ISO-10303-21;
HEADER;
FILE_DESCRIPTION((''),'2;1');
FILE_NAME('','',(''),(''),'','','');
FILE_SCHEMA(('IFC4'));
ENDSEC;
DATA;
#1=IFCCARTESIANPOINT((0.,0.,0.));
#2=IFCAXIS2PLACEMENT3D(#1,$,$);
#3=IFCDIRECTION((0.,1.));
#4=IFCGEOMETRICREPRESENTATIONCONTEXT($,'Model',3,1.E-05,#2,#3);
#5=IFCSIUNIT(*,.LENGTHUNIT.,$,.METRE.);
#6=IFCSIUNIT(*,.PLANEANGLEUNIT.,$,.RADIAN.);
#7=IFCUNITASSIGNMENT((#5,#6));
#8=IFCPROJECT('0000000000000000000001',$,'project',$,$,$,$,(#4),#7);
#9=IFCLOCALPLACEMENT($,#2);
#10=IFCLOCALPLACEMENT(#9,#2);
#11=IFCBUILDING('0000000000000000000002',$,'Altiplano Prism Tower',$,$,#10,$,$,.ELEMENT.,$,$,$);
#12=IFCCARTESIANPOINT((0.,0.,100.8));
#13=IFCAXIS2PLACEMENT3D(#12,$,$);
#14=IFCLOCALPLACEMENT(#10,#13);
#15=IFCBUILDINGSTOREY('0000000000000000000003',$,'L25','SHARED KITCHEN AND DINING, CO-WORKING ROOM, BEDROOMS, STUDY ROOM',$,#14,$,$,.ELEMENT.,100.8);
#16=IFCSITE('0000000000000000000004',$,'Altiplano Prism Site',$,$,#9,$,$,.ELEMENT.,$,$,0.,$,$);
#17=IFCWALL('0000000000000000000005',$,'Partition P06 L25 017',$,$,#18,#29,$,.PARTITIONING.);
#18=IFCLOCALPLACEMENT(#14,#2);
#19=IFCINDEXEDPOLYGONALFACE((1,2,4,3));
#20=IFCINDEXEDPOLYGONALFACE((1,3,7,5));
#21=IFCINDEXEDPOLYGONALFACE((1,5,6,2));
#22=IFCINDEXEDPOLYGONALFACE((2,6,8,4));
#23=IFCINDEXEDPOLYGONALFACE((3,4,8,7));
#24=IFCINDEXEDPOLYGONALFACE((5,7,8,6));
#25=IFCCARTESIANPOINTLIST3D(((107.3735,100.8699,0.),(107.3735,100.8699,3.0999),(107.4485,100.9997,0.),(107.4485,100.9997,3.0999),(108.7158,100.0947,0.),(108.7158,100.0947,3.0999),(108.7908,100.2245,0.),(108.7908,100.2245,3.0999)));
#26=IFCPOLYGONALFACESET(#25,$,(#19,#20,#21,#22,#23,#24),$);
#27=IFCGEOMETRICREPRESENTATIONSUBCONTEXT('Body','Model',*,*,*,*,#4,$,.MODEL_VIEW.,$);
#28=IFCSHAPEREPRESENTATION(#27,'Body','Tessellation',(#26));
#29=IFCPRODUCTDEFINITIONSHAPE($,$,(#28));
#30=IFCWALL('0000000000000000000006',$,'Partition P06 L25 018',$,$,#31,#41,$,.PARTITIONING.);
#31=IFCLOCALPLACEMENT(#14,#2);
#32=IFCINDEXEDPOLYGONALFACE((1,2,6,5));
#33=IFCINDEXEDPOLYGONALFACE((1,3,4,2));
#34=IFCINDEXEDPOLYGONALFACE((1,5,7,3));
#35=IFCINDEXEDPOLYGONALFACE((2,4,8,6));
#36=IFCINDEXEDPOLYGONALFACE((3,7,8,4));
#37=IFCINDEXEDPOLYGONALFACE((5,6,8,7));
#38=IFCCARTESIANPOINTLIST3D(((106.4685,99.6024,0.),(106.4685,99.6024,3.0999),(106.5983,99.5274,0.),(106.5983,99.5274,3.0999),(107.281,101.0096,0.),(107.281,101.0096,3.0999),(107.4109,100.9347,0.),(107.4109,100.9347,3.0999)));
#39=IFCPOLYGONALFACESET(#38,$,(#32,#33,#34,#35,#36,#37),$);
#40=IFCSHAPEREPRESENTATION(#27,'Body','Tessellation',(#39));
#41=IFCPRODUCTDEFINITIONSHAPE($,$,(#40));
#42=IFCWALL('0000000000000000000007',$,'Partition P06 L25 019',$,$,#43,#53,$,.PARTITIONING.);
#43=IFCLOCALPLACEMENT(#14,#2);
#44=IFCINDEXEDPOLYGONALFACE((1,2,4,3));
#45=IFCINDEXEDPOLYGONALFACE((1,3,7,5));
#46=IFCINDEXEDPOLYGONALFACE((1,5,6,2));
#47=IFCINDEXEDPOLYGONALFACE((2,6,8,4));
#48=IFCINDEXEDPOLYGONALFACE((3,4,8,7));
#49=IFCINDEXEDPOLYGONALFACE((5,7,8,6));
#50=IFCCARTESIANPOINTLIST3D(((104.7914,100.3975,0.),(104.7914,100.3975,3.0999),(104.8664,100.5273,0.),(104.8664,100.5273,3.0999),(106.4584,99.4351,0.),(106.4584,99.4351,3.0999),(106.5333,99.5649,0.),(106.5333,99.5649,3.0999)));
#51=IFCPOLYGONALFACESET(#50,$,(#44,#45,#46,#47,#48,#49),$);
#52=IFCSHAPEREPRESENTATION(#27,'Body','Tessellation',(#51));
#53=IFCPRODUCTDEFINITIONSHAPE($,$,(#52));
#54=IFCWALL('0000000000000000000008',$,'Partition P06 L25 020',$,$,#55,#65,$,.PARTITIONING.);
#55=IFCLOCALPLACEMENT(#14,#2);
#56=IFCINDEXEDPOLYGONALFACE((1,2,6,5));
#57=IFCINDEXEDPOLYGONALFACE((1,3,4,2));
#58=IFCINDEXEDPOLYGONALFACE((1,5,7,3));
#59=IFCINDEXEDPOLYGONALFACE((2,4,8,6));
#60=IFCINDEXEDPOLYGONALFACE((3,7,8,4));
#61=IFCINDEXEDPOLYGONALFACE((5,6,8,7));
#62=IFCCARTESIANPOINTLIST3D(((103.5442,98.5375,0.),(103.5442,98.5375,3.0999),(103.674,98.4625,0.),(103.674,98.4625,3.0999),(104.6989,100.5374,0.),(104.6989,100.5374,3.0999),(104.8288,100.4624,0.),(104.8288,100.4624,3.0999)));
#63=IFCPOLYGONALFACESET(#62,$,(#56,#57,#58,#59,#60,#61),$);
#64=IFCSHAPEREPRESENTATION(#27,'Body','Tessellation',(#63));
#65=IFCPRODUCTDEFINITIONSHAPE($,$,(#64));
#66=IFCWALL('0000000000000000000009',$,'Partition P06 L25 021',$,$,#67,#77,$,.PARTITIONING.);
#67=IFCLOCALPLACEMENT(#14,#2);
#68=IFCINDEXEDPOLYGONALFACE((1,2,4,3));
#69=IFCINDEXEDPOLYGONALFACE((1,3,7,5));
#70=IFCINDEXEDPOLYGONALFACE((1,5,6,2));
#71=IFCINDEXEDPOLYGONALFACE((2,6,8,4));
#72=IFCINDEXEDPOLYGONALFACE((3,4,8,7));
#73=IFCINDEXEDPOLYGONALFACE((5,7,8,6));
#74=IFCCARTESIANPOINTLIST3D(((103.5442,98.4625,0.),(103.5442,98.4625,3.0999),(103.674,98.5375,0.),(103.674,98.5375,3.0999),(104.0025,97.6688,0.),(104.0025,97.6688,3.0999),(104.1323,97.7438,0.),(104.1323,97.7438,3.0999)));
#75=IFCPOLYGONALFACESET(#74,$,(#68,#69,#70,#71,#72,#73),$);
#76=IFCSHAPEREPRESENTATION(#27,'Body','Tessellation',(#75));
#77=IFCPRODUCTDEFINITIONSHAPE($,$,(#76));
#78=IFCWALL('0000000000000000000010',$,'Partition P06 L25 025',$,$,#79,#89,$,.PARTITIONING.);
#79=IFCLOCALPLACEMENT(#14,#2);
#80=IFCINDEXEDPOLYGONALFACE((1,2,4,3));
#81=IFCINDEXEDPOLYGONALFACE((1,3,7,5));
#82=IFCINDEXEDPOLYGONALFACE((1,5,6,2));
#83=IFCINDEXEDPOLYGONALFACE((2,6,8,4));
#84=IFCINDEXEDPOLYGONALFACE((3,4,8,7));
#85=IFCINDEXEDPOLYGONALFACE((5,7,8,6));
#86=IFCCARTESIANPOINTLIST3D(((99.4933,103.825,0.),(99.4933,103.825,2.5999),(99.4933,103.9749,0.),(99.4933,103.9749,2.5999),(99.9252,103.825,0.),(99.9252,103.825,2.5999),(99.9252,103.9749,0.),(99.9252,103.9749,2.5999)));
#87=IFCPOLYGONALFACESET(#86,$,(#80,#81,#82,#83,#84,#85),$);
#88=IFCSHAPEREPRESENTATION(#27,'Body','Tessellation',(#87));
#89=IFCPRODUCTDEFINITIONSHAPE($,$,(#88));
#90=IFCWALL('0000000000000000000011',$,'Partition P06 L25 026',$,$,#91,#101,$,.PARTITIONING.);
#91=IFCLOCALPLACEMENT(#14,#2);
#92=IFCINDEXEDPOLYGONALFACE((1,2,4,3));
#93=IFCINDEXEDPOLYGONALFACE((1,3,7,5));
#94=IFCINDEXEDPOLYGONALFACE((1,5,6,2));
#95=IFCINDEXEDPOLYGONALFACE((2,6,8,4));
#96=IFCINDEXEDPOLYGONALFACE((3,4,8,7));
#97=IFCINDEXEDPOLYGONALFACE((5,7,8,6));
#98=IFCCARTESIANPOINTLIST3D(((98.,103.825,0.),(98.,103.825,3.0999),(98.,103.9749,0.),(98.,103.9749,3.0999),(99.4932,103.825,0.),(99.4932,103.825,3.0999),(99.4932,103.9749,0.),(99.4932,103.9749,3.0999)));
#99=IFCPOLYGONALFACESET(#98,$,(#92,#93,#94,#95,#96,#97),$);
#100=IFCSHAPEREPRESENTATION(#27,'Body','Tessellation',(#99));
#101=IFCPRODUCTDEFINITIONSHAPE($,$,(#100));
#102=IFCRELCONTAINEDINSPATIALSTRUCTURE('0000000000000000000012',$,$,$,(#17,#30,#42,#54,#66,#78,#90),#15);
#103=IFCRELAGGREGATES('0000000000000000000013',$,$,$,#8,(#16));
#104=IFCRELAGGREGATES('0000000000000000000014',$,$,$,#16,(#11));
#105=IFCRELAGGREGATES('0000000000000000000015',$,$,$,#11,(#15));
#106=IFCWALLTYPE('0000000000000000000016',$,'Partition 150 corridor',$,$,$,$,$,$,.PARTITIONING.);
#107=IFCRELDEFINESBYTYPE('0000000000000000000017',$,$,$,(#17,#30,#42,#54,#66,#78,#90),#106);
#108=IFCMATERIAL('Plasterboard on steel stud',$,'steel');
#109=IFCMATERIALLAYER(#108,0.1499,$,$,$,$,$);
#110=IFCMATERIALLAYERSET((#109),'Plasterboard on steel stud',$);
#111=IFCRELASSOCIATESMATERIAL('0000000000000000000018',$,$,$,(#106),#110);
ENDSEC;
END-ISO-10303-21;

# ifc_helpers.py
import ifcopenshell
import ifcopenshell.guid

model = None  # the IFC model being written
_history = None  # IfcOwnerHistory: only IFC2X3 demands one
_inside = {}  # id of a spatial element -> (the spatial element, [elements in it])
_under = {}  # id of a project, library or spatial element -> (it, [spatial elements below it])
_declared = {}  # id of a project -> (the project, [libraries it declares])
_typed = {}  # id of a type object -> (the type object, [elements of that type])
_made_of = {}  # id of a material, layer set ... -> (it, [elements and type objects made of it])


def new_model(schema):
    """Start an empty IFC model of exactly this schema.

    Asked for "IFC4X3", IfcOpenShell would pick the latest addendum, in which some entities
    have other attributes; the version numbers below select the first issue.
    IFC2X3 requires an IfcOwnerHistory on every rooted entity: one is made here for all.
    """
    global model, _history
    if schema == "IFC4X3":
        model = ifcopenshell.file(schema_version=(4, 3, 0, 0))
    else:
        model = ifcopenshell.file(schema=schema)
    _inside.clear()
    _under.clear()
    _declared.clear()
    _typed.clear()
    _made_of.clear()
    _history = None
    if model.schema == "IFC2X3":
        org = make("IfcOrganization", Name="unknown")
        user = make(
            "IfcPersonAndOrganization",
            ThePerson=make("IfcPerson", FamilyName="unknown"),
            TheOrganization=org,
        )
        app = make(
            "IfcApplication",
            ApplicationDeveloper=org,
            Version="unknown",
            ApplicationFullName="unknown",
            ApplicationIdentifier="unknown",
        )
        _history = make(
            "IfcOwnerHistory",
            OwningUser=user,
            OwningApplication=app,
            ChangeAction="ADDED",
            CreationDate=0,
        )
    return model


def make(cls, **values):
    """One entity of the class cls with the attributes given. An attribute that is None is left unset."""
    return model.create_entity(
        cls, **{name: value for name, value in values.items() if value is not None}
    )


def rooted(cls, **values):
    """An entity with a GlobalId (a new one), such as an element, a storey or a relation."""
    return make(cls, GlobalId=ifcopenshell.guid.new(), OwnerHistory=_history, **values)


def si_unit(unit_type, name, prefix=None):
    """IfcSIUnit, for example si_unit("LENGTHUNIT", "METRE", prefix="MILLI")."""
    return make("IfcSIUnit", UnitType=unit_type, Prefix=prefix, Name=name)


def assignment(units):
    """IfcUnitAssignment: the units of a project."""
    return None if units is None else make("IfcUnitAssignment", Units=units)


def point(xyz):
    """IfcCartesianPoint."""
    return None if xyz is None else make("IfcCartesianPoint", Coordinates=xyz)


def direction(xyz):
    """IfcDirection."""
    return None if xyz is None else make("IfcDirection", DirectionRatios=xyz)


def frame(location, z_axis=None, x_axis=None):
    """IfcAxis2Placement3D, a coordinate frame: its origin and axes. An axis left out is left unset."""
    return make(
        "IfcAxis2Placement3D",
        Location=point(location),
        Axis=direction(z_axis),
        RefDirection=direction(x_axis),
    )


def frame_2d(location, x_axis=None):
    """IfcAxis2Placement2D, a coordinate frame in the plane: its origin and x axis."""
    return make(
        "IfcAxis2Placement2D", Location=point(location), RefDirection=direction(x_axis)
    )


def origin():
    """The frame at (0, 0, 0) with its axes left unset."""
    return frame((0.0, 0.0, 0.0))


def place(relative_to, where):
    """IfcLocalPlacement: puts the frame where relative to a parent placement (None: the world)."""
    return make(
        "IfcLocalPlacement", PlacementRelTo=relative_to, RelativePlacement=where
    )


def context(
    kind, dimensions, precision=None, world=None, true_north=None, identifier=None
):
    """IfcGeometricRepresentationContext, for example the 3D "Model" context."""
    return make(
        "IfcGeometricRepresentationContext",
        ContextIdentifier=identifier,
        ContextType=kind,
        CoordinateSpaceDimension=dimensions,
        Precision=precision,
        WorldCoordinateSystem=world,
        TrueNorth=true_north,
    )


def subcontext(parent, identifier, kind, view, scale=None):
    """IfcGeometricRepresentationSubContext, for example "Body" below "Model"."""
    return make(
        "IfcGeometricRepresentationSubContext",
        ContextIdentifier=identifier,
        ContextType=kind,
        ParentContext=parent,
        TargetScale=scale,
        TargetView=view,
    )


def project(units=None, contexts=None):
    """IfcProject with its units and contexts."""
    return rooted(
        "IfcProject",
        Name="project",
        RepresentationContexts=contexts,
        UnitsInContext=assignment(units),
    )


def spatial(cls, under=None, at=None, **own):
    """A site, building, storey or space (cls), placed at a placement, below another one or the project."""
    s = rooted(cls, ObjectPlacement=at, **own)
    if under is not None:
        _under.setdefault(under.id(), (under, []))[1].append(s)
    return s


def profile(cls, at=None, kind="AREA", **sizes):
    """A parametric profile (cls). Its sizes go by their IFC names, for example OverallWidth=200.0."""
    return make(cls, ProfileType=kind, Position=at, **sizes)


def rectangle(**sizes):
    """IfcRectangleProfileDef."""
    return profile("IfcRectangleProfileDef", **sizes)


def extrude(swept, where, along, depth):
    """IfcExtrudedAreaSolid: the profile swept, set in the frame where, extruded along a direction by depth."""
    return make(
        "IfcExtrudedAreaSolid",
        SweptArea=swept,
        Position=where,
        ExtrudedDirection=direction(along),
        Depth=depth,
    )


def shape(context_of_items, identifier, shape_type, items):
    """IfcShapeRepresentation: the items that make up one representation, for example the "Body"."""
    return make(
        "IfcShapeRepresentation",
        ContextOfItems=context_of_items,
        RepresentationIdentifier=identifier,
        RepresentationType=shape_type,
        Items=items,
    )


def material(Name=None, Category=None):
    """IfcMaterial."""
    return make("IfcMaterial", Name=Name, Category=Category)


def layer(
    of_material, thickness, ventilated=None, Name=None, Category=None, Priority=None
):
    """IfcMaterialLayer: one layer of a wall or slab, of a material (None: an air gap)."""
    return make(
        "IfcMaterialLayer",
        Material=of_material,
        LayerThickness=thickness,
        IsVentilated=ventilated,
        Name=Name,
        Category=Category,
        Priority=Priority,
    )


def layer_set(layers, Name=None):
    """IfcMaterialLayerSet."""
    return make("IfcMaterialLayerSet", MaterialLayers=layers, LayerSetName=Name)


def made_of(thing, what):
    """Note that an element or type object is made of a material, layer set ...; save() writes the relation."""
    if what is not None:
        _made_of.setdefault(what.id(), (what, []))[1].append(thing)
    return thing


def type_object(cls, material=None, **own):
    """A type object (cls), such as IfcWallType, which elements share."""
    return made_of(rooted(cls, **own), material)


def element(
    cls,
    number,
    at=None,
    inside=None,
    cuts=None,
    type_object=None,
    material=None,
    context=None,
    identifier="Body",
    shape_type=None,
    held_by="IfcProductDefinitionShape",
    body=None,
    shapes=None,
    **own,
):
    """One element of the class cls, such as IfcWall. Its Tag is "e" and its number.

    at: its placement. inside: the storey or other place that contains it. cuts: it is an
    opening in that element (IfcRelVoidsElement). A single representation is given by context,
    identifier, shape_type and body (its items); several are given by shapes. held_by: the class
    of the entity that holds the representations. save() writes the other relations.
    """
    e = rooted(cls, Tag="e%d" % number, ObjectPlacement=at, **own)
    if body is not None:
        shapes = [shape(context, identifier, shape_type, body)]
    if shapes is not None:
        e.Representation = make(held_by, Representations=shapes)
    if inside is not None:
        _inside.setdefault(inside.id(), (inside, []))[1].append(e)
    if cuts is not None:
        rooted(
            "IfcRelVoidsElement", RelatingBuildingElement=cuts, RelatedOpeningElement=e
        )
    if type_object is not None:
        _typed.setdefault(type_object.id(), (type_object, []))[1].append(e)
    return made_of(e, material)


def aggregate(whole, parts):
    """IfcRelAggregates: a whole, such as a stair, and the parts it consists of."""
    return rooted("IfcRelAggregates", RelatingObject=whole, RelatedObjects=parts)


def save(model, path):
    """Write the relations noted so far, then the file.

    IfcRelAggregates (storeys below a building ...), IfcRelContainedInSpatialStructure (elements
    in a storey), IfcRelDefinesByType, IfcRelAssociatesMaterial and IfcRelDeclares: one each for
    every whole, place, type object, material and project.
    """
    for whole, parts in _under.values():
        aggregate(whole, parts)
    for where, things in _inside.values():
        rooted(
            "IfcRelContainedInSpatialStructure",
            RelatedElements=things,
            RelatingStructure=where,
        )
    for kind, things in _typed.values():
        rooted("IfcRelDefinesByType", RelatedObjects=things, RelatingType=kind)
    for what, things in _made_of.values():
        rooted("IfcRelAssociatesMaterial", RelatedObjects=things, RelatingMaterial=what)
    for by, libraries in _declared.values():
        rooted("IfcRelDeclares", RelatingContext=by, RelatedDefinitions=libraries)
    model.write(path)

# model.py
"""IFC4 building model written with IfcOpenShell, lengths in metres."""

from ifc_helpers import new_model, si_unit, direction, frame, frame_2d, origin, place, context, subcontext, project, spatial, rectangle, extrude, material, layer, layer_set, type_object, element, save


model = new_model("IFC4")

# Units and contexts
model_context = context("Model", 3, precision=1e-05, world=origin(), true_north=direction((0.0, 1.0)))
body_context = subcontext(model_context, "Body", "Model", "MODEL_VIEW")
ifc_project = project(units=[si_unit("LENGTHUNIT", "METRE"), si_unit("PLANEANGLEUNIT", "RADIAN")], contexts=[model_context])

# Site, building, storey
site_placement = place(None, origin())
site = spatial("IfcSite", under=ifc_project, at=site_placement, Name="Altiplano Prism Site", CompositionType="ELEMENT", RefElevation=0.0)
building_placement = place(site_placement, origin())
building = spatial("IfcBuilding", under=site, at=building_placement, Name="Altiplano Prism Tower", CompositionType="ELEMENT")
storey_placement = place(building_placement, frame((0.0, 0.0, 100.8)))
storey = spatial("IfcBuildingStorey", under=building, at=storey_placement, Name="L25", Description="SHARED KITCHEN AND DINING, CO-WORKING ROOM, BEDROOMS, STUDY ROOM", CompositionType="ELEMENT", Elevation=100.8)

# Walls
ifc_material_1 = material(Name="Plasterboard on steel stud", Category="steel")
ifc_layer_1 = layer(ifc_material_1, 0.1499)
ifc_layer_set_1 = layer_set([ifc_layer_1], Name="Plasterboard on steel stud")
wall_type_1 = type_object("IfcWallType", Name="Partition 150 corridor", PredefinedType="PARTITIONING", material=ifc_layer_set_1)
wall_1_placement = place(storey_placement, frame((108.7532, 100.1597, 0.0), z_axis=(0.0, 0.0, 1.0), x_axis=(-0.865976, 0.500086, 0.0)))
element("IfcWall", 1, at=wall_1_placement, inside=storey, type_object=wall_type_1, Name="Partition P06 L25 017", PredefinedType="PARTITIONING", context=body_context, shape_type="SweptSolid", body=[
    extrude(rectangle(XDim=1.55, YDim=0.1499, at=frame_2d((0.7749, 0.0))), origin(), (0.0, 0.0, 1.0), 3.0999),
])
wall_2_placement = place(storey_placement, frame((107.3459, 100.9722, 0.0), z_axis=(0.0, 0.0, 1.0), x_axis=(-0.500017, -0.866015, 0.0)))
element("IfcWall", 2, at=wall_2_placement, inside=storey, type_object=wall_type_1, Name="Partition P06 L25 018", PredefinedType="PARTITIONING", context=body_context, shape_type="SweptSolid", body=[
    extrude(rectangle(XDim=1.625, YDim=0.1499, at=frame_2d((0.8125, 0.0))), origin(), (0.0, 0.0, 1.0), 3.0999),
])
wall_3_placement = place(storey_placement, frame((106.4958, 99.5, 0.0), z_axis=(0.0, 0.0, 1.0), x_axis=(-0.866034, 0.499986, 0.0)))
element("IfcWall", 3, at=wall_3_placement, inside=storey, type_object=wall_type_1, Name="Partition P06 L25 019", PredefinedType="PARTITIONING", context=body_context, shape_type="SweptSolid", body=[
    extrude(rectangle(XDim=1.9248, YDim=0.1499, at=frame_2d((0.9624, 0.0))), origin(), (0.0, 0.0, 1.0), 3.0999),
])
wall_4_placement = place(storey_placement, frame((104.7639, 100.5, 0.0), z_axis=(0.0, 0.0, 1.0), x_axis=(-0.500027, -0.86601, 0.0)))
element("IfcWall", 4, at=wall_4_placement, inside=storey, type_object=wall_type_1, Name="Partition P06 L25 020", PredefinedType="PARTITIONING", context=body_context, shape_type="SweptSolid", body=[
    extrude(rectangle(XDim=2.3093, YDim=0.1499, at=frame_2d((1.1548, 0.0))), origin(), (0.0, 0.0, 1.0), 3.0999),
])
wall_5_placement = place(storey_placement, frame((103.6091, 98.5, 0.0), z_axis=(0.0, 0.0, 1.0), x_axis=(0.500007, -0.866021, 0.0)))
element("IfcWall", 5, at=wall_5_placement, inside=storey, type_object=wall_type_1, Name="Partition P06 L25 021", PredefinedType="PARTITIONING", context=body_context, shape_type="SweptSolid", body=[
    extrude(rectangle(XDim=0.9165, YDim=0.1499, at=frame_2d((0.4583, 0.0))), origin(), (0.0, 0.0, 1.0), 3.0999),
])
wall_6_placement = place(storey_placement, frame((99.925, 103.8999, 0.0), z_axis=(0.0, 0.0, 1.0), x_axis=(-1.0, 0.0, 0.0)))
element("IfcWall", 6, at=wall_6_placement, inside=storey, type_object=wall_type_1, Name="Partition P06 L25 025", PredefinedType="PARTITIONING", context=body_context, shape_type="SweptSolid", body=[
    extrude(rectangle(XDim=0.4319, YDim=0.1499, at=frame_2d((0.2158, 0.0))), origin(), (0.0, 0.0, 1.0), 2.5999),
])
wall_7_placement = place(storey_placement, frame((99.4932, 103.8999, 0.0), z_axis=(0.0, 0.0, 1.0), x_axis=(-1.0, 0.0, 0.0)))
element("IfcWall", 7, at=wall_7_placement, inside=storey, type_object=wall_type_1, Name="Partition P06 L25 026", PredefinedType="PARTITIONING", context=body_context, shape_type="SweptSolid", body=[
    extrude(rectangle(XDim=1.4932, YDim=0.1499, at=frame_2d((0.7466, 0.0))), origin(), (0.0, 0.0, 1.0), 3.0999),
])

save(model, "model.ifc")
